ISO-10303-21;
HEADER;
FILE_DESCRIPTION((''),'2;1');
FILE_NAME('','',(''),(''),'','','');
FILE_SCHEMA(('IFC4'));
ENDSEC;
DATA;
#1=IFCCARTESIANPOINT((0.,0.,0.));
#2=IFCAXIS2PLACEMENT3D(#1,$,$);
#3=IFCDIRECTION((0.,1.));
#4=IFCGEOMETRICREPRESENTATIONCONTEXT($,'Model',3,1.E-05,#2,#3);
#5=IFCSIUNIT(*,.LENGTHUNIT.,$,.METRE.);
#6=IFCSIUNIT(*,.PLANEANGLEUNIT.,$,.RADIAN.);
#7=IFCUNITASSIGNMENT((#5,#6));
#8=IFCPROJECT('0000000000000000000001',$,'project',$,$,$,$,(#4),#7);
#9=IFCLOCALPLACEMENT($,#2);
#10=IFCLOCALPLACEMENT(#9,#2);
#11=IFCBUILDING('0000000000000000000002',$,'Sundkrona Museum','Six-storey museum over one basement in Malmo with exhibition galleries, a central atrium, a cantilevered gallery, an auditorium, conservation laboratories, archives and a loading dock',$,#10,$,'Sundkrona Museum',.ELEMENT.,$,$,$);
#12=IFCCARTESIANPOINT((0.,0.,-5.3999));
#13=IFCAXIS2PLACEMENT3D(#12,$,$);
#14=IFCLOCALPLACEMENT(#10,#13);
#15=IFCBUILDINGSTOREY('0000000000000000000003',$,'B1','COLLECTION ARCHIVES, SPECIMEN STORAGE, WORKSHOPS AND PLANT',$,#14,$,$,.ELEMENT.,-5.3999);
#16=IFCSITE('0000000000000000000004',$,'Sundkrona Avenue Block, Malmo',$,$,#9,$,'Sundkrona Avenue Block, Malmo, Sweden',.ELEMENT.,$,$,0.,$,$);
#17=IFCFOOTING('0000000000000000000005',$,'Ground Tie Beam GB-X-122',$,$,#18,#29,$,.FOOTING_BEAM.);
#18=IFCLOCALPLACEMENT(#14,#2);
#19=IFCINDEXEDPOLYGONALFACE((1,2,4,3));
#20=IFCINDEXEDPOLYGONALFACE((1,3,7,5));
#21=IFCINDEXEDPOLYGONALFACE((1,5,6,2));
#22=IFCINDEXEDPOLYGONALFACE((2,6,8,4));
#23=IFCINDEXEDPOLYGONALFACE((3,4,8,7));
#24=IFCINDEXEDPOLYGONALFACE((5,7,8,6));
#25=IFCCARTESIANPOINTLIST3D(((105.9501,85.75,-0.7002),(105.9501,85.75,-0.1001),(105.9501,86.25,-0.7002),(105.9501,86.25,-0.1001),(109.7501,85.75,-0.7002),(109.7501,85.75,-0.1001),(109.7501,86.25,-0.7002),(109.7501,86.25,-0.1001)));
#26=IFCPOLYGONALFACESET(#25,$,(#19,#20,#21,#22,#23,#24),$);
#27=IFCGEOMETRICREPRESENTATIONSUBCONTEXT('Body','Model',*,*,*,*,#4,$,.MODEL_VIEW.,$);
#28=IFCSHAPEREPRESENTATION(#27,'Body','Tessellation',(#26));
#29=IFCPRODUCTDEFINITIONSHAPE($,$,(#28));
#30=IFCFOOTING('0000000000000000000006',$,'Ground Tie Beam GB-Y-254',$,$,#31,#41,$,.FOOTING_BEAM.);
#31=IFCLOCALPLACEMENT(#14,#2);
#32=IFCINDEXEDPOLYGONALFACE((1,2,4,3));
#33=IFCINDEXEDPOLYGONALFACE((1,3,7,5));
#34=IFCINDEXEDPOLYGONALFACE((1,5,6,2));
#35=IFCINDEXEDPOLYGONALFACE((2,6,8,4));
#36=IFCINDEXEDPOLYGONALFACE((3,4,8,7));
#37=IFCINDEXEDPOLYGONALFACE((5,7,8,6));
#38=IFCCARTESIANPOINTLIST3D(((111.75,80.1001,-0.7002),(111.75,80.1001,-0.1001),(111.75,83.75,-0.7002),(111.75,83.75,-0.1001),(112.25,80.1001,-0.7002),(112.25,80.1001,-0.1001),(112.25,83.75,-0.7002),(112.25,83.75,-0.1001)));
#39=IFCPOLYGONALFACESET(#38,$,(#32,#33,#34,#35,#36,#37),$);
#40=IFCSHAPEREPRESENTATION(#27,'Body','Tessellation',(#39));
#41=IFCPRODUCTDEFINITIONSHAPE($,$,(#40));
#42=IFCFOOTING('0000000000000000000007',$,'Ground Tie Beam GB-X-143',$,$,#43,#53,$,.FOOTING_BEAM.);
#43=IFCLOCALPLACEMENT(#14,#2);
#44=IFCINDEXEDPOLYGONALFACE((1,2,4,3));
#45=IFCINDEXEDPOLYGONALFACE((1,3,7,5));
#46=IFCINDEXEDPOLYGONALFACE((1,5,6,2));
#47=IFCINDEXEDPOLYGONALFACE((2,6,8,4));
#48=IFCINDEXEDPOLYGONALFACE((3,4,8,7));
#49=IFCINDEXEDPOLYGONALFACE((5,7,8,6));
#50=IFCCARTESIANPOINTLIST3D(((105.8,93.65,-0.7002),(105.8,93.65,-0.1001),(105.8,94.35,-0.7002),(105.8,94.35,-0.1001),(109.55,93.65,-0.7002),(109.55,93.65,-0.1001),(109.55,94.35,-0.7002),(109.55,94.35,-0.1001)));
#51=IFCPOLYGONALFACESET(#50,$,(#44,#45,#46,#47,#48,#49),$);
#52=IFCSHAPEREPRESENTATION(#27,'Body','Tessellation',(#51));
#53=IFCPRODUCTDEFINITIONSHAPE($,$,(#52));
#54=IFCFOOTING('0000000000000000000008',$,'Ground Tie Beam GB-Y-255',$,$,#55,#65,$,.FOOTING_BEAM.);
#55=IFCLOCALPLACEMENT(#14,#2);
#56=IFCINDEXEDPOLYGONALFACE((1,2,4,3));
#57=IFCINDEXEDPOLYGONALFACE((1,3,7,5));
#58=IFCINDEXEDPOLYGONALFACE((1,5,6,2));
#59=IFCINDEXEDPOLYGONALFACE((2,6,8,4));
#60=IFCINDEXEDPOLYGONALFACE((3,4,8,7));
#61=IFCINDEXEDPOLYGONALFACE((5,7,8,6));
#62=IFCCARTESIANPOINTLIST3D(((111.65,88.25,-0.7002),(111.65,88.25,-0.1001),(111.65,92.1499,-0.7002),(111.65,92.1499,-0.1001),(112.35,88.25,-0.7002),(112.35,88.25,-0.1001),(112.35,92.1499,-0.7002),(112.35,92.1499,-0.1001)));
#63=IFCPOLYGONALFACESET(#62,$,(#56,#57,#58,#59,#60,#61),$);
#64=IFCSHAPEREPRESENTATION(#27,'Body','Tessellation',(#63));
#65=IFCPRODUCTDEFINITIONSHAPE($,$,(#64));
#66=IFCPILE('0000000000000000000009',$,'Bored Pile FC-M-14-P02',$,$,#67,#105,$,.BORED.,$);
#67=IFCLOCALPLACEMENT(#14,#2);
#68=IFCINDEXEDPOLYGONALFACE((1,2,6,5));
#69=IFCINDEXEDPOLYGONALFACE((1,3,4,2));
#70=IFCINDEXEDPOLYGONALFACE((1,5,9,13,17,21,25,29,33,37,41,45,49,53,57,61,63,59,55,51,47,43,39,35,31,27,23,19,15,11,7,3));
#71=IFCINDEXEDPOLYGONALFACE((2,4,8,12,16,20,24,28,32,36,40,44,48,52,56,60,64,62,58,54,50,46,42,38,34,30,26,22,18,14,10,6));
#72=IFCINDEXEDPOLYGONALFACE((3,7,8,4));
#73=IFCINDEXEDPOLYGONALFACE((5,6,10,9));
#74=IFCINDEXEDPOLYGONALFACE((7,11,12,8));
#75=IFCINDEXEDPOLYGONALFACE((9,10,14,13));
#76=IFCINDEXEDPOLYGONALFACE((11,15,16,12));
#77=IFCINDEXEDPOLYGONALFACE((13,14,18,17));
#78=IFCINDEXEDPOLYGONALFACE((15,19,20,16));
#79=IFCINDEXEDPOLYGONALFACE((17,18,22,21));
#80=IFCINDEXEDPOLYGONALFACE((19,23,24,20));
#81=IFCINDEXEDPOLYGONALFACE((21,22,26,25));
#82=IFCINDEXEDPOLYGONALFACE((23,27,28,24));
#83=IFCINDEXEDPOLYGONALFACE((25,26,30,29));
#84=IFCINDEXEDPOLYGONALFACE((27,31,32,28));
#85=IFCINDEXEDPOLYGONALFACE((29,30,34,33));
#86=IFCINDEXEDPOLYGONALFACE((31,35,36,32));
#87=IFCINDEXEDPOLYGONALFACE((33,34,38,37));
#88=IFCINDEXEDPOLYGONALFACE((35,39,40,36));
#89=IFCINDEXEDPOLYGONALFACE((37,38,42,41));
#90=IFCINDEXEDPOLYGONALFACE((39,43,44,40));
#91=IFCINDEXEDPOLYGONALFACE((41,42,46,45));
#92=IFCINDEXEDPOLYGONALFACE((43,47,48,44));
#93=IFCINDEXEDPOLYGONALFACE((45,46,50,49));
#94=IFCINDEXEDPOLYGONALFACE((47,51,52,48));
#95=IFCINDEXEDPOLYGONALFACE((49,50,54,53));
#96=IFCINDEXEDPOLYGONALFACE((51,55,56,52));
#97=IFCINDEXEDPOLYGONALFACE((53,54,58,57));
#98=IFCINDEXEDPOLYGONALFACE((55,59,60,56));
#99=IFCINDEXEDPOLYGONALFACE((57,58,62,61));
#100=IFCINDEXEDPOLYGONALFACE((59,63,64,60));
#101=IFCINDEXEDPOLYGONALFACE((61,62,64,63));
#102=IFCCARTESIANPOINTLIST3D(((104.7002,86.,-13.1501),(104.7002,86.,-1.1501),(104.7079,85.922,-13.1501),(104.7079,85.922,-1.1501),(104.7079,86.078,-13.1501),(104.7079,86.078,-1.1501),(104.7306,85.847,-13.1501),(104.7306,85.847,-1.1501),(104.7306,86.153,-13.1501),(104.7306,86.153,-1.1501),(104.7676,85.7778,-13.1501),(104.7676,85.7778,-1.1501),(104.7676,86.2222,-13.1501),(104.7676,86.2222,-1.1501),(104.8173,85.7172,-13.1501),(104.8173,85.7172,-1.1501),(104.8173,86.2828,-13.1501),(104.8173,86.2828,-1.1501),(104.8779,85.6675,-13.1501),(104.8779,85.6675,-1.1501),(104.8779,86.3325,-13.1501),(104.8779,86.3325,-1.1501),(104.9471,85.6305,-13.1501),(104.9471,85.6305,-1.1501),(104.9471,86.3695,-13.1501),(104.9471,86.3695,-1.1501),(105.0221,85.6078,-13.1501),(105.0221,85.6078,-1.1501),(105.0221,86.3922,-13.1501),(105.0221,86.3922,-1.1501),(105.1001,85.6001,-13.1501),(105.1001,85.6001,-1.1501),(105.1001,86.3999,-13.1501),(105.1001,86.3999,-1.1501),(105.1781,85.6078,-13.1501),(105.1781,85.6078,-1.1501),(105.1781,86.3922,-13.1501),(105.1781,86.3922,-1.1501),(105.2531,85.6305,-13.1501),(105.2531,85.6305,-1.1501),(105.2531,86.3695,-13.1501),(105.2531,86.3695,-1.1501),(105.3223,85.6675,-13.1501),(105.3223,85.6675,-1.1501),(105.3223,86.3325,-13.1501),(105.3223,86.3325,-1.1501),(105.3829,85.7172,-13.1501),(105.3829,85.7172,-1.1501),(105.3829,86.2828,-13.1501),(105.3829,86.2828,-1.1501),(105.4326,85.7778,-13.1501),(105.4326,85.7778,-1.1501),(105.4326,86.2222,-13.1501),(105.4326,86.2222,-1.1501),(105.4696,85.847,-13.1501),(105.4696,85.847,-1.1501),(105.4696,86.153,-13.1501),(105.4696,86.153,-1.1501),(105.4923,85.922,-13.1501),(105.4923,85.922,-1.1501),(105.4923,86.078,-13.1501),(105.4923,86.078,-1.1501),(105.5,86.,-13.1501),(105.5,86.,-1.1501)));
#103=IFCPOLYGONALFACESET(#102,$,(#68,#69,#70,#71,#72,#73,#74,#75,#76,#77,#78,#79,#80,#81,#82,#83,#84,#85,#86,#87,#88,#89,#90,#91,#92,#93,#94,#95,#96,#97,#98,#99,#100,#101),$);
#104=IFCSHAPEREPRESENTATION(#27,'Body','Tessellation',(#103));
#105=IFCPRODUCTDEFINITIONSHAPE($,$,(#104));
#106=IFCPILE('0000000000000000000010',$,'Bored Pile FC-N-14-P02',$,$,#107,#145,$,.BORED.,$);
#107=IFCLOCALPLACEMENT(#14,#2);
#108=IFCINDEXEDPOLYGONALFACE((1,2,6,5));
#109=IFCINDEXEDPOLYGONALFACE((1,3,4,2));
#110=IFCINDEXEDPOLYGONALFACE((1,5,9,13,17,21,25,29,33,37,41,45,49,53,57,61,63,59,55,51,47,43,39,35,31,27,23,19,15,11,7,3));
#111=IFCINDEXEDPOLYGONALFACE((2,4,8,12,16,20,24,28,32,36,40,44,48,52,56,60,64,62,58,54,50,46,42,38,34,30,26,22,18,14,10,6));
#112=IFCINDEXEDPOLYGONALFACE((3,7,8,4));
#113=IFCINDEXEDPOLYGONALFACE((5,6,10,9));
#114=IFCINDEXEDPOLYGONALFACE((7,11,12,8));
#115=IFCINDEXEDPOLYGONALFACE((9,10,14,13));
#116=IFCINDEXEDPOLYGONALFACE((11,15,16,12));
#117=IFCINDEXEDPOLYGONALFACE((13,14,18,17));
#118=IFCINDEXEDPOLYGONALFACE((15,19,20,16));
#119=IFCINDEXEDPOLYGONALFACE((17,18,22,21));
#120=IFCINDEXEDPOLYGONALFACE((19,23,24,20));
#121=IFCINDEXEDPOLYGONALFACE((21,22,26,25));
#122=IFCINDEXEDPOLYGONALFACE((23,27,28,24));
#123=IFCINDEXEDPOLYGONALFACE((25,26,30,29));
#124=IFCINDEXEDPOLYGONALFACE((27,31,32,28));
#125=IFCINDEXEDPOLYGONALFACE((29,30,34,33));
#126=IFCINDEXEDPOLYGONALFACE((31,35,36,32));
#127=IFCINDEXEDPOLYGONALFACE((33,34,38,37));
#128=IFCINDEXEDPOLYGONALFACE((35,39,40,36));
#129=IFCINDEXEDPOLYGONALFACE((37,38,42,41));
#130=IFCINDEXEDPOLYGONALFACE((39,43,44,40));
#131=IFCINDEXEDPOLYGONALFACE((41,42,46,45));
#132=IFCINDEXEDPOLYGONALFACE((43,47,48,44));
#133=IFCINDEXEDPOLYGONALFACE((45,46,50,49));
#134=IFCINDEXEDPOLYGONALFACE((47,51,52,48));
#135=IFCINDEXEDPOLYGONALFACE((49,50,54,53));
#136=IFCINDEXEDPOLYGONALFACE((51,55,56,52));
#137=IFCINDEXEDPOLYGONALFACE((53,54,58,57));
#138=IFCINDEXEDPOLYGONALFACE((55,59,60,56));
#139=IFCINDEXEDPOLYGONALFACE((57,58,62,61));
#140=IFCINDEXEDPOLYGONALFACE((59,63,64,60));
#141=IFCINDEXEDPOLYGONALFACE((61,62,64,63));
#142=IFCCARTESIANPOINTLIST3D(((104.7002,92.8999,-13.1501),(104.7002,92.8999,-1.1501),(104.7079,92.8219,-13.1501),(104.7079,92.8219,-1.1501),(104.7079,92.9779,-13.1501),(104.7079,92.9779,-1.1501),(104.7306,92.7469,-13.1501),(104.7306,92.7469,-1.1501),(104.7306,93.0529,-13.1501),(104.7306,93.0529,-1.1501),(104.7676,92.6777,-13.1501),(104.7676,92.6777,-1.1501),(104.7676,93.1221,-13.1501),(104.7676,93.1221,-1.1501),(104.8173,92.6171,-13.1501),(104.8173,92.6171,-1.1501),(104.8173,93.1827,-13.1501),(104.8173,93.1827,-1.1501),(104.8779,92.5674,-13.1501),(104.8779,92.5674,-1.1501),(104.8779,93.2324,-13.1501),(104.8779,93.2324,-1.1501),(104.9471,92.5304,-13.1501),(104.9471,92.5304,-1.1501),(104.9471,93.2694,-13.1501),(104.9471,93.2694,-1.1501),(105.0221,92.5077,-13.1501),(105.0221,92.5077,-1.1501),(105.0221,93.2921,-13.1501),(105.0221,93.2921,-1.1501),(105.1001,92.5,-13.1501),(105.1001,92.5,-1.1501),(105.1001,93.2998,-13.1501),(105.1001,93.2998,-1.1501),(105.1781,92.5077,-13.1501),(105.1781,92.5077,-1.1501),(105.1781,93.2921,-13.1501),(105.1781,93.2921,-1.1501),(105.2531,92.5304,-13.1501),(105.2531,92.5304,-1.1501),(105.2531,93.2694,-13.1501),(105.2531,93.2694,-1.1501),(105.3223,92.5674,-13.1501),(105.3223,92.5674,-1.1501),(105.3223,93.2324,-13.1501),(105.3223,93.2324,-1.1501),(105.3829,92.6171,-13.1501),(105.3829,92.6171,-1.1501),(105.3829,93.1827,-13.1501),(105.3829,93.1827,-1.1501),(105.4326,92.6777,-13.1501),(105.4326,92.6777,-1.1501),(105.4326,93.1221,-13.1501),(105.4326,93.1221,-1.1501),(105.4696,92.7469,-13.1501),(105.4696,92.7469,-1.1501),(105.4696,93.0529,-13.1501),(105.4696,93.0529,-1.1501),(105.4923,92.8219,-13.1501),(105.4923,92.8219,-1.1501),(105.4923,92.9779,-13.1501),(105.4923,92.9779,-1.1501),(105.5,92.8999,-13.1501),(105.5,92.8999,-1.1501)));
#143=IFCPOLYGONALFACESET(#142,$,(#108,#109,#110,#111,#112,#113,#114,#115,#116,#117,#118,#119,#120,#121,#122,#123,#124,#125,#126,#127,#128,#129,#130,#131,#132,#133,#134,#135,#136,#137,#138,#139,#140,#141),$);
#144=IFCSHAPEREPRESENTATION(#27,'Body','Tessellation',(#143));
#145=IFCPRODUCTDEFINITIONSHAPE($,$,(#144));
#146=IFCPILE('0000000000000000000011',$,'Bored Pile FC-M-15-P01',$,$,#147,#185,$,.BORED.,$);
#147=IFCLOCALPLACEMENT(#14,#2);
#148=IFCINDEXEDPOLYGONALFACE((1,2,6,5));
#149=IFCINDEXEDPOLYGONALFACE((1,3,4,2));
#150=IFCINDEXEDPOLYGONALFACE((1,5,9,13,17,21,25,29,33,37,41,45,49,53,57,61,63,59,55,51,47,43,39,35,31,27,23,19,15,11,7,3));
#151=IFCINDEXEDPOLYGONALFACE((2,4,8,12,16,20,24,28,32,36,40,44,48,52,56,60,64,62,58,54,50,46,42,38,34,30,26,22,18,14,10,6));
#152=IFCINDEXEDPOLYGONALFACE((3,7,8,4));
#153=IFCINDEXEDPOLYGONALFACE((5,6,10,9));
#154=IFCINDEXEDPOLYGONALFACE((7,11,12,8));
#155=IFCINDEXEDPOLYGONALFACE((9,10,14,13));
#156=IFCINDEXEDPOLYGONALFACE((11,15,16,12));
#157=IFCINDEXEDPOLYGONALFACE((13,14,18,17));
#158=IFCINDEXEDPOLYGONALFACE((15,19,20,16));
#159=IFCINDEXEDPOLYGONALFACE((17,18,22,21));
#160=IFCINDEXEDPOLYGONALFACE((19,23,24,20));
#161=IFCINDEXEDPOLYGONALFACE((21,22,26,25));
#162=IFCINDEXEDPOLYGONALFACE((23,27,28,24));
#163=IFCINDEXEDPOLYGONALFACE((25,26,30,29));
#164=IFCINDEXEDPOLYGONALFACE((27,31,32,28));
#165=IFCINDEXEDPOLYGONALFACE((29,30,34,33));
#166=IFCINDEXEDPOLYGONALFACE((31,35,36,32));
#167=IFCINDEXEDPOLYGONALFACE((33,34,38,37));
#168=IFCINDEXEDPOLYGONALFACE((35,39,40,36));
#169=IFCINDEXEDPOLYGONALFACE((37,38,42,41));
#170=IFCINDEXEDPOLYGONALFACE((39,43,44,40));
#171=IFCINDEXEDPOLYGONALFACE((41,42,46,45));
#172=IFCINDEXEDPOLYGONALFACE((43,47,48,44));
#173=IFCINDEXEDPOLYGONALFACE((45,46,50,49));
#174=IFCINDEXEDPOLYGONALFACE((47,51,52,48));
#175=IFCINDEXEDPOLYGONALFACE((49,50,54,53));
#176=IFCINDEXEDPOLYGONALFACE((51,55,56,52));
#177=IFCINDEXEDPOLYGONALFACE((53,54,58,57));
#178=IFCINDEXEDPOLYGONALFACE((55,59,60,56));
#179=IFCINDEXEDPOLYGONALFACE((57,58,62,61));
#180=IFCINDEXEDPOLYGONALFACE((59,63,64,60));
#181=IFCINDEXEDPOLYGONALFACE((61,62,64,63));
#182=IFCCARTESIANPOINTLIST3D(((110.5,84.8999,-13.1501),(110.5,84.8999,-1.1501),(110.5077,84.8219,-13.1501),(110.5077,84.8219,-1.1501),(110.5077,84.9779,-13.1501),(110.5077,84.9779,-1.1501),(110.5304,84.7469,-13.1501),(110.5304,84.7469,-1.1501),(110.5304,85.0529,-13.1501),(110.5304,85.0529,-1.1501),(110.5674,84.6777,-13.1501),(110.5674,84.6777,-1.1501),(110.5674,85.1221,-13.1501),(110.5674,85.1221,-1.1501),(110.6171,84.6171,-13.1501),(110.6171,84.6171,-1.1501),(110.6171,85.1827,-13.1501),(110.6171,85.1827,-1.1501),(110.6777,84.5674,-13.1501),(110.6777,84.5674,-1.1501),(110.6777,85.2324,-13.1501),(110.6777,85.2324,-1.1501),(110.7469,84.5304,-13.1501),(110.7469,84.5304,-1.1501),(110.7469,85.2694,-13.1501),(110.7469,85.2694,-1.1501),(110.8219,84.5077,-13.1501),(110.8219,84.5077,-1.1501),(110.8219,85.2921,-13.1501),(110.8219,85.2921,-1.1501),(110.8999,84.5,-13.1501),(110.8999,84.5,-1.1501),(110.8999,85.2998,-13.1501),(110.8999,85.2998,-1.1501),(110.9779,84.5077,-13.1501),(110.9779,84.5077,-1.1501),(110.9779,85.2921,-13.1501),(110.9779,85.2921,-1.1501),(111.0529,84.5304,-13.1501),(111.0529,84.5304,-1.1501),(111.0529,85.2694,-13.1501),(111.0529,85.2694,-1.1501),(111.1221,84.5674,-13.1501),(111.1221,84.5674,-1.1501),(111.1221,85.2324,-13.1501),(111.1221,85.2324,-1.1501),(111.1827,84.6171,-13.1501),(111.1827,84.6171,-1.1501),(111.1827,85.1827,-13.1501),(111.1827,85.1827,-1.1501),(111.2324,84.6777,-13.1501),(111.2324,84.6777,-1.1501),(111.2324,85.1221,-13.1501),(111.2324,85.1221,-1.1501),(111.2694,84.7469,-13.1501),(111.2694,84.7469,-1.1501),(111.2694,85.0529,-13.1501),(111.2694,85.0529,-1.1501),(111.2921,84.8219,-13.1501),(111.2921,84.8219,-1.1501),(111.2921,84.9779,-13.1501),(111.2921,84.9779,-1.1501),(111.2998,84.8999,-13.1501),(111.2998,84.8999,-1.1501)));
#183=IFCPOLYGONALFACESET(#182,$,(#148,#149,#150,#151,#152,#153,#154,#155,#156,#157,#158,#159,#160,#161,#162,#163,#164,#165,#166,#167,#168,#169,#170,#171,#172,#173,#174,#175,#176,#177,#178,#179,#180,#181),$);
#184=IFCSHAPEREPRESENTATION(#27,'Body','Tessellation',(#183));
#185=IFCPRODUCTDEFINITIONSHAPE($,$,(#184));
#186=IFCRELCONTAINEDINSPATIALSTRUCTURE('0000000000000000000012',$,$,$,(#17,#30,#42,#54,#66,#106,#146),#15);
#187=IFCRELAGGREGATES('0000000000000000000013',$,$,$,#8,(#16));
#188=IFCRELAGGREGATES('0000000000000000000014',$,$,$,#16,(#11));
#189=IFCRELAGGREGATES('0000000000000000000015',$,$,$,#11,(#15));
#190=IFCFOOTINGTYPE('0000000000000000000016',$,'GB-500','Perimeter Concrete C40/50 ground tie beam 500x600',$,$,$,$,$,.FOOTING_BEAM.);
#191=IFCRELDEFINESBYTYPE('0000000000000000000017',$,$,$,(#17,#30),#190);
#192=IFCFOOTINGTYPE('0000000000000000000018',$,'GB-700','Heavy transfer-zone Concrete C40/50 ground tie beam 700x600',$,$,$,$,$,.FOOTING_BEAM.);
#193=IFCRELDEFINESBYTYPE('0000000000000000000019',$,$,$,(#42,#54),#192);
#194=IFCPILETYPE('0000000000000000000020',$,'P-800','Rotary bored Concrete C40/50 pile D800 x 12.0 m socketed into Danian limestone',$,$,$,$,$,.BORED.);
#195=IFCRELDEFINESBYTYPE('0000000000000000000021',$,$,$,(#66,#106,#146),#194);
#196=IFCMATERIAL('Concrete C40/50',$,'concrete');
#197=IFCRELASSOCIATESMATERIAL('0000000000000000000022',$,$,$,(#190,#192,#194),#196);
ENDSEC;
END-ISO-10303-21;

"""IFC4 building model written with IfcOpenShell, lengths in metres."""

from ifc_helpers import new_model, si_unit, direction, frame, origin, origin_2d, place, context, subcontext, project, spatial, rectangle, circle, extrude, material, material_profile, profile_set, type_object, element, save


model = new_model("IFC4")

# Units and contexts
model_context = context("Model", 3, precision=1e-05, world=origin(), true_north=direction((0.0, 1.0)))
body_context = subcontext(model_context, "Body", "Model", "MODEL_VIEW")
ifc_project = project(units=[si_unit("LENGTHUNIT", "METRE"), si_unit("PLANEANGLEUNIT", "RADIAN")], contexts=[model_context])

# Site, building, storey
site_placement = place(None, origin())
site = spatial("IfcSite", under=ifc_project, at=site_placement, Name="Sundkrona Avenue Block, Malmo", LongName="Sundkrona Avenue Block, Malmo, Sweden", CompositionType="ELEMENT", RefElevation=0.0)
building_placement = place(site_placement, origin())
building = spatial("IfcBuilding", under=site, at=building_placement, Name="Sundkrona Museum", Description="Six-storey museum over one basement in Malmo with exhibition galleries, a central atrium, a cantilevered gallery, an auditorium, conservation laboratories, archives and a loading dock", LongName="Sundkrona Museum", CompositionType="ELEMENT")
storey_placement = place(building_placement, frame((0.0, 0.0, -5.3999)))
storey = spatial("IfcBuildingStorey", under=building, at=storey_placement, Name="B1", Description="COLLECTION ARCHIVES, SPECIMEN STORAGE, WORKSHOPS AND PLANT", CompositionType="ELEMENT", Elevation=-5.3999)

# Footings
ifc_material_1 = material(Name="Concrete C40/50", Category="concrete")
footing_type_1 = type_object("IfcFootingType", Name="GB-500", Description="Perimeter Concrete C40/50 ground tie beam 500x600", PredefinedType="FOOTING_BEAM", material=ifc_material_1)
footing_1_placement = place(storey_placement, frame((107.8501, 86.0, -0.7002), z_axis=(0.0, 0.0, 1.0), x_axis=(1.0, 0.0, 0.0)))
element("IfcFooting", 1, at=footing_1_placement, inside=storey, type_object=footing_type_1, Name="Ground Tie Beam GB-X-122", PredefinedType="FOOTING_BEAM", context=body_context, shape_type="SweptSolid", body=[
    extrude(rectangle(XDim=3.8, YDim=0.5, at=origin_2d()), origin(), (0.0, 0.0, 1.0), 0.6001),
])
footing_2_placement = place(storey_placement, frame((112.0, 81.925, -0.7002), z_axis=(0.0, 0.0, 1.0), x_axis=(0.0, 1.0, 0.0)))
element("IfcFooting", 2, at=footing_2_placement, inside=storey, type_object=footing_type_1, Name="Ground Tie Beam GB-Y-254", PredefinedType="FOOTING_BEAM", context=body_context, shape_type="SweptSolid", body=[
    extrude(rectangle(XDim=3.6499, YDim=0.5, at=origin_2d()), origin(), (0.0, 0.0, 1.0), 0.6001),
])
footing_type_2 = type_object("IfcFootingType", Name="GB-700", Description="Heavy transfer-zone Concrete C40/50 ground tie beam 700x600", PredefinedType="FOOTING_BEAM", material=ifc_material_1)
footing_3_placement = place(storey_placement, frame((107.675, 94.0, -0.7002), z_axis=(0.0, 0.0, 1.0), x_axis=(1.0, 0.0, 0.0)))
element("IfcFooting", 3, at=footing_3_placement, inside=storey, type_object=footing_type_2, Name="Ground Tie Beam GB-X-143", PredefinedType="FOOTING_BEAM", context=body_context, shape_type="SweptSolid", body=[
    extrude(rectangle(XDim=3.75, YDim=0.7, at=origin_2d()), origin(), (0.0, 0.0, 1.0), 0.6001),
])
footing_4_placement = place(storey_placement, frame((112.0, 90.2, -0.7002), z_axis=(0.0, 0.0, 1.0), x_axis=(0.0, 1.0, 0.0)))
element("IfcFooting", 4, at=footing_4_placement, inside=storey, type_object=footing_type_2, Name="Ground Tie Beam GB-Y-255", PredefinedType="FOOTING_BEAM", context=body_context, shape_type="SweptSolid", body=[
    extrude(rectangle(XDim=3.8999, YDim=0.7, at=origin_2d()), origin(), (0.0, 0.0, 1.0), 0.6001),
])

# Piles
ifc_material_profile_1 = material_profile(ifc_material_1, circle(Radius=0.3999, at=origin_2d()), Name="PILE D800")
ifc_profile_set_1 = profile_set([ifc_material_profile_1], Name="Concrete C40/50")
pile_type = type_object("IfcPileType", Name="P-800", Description="Rotary bored Concrete C40/50 pile D800 x 12.0 m socketed into Danian limestone", PredefinedType="BORED", material=ifc_profile_set_1)
for number, where, z_axis, x_axis, name in (
    (5, (105.1001, 86.0, -1.1501), (0.0, 0.0, -1.0), (1.0, 0.0, 0.0), "Bored Pile FC-M-14-P02"),
    (6, (105.1001, 92.8999, -1.1501), (0.0, 0.0, -1.0), (1.0, 0.0, 0.0), "Bored Pile FC-N-14-P02"),
    (7, (110.8999, 84.8999, -1.1501), (0.0, 0.0, -1.0), (1.0, 0.0, 0.0), "Bored Pile FC-M-15-P01"),
):
    element("IfcPile", number, at=place(storey_placement, frame(where, z_axis=z_axis, x_axis=x_axis)), inside=storey, type_object=pile_type, Name=name, PredefinedType="BORED", context=body_context, shape_type="SweptSolid", body=[
        extrude(circle(Radius=0.3999, at=origin_2d()), origin(), (0.0, 0.0, 1.0), 12.0),
    ])

save(model, "model.ifc")
